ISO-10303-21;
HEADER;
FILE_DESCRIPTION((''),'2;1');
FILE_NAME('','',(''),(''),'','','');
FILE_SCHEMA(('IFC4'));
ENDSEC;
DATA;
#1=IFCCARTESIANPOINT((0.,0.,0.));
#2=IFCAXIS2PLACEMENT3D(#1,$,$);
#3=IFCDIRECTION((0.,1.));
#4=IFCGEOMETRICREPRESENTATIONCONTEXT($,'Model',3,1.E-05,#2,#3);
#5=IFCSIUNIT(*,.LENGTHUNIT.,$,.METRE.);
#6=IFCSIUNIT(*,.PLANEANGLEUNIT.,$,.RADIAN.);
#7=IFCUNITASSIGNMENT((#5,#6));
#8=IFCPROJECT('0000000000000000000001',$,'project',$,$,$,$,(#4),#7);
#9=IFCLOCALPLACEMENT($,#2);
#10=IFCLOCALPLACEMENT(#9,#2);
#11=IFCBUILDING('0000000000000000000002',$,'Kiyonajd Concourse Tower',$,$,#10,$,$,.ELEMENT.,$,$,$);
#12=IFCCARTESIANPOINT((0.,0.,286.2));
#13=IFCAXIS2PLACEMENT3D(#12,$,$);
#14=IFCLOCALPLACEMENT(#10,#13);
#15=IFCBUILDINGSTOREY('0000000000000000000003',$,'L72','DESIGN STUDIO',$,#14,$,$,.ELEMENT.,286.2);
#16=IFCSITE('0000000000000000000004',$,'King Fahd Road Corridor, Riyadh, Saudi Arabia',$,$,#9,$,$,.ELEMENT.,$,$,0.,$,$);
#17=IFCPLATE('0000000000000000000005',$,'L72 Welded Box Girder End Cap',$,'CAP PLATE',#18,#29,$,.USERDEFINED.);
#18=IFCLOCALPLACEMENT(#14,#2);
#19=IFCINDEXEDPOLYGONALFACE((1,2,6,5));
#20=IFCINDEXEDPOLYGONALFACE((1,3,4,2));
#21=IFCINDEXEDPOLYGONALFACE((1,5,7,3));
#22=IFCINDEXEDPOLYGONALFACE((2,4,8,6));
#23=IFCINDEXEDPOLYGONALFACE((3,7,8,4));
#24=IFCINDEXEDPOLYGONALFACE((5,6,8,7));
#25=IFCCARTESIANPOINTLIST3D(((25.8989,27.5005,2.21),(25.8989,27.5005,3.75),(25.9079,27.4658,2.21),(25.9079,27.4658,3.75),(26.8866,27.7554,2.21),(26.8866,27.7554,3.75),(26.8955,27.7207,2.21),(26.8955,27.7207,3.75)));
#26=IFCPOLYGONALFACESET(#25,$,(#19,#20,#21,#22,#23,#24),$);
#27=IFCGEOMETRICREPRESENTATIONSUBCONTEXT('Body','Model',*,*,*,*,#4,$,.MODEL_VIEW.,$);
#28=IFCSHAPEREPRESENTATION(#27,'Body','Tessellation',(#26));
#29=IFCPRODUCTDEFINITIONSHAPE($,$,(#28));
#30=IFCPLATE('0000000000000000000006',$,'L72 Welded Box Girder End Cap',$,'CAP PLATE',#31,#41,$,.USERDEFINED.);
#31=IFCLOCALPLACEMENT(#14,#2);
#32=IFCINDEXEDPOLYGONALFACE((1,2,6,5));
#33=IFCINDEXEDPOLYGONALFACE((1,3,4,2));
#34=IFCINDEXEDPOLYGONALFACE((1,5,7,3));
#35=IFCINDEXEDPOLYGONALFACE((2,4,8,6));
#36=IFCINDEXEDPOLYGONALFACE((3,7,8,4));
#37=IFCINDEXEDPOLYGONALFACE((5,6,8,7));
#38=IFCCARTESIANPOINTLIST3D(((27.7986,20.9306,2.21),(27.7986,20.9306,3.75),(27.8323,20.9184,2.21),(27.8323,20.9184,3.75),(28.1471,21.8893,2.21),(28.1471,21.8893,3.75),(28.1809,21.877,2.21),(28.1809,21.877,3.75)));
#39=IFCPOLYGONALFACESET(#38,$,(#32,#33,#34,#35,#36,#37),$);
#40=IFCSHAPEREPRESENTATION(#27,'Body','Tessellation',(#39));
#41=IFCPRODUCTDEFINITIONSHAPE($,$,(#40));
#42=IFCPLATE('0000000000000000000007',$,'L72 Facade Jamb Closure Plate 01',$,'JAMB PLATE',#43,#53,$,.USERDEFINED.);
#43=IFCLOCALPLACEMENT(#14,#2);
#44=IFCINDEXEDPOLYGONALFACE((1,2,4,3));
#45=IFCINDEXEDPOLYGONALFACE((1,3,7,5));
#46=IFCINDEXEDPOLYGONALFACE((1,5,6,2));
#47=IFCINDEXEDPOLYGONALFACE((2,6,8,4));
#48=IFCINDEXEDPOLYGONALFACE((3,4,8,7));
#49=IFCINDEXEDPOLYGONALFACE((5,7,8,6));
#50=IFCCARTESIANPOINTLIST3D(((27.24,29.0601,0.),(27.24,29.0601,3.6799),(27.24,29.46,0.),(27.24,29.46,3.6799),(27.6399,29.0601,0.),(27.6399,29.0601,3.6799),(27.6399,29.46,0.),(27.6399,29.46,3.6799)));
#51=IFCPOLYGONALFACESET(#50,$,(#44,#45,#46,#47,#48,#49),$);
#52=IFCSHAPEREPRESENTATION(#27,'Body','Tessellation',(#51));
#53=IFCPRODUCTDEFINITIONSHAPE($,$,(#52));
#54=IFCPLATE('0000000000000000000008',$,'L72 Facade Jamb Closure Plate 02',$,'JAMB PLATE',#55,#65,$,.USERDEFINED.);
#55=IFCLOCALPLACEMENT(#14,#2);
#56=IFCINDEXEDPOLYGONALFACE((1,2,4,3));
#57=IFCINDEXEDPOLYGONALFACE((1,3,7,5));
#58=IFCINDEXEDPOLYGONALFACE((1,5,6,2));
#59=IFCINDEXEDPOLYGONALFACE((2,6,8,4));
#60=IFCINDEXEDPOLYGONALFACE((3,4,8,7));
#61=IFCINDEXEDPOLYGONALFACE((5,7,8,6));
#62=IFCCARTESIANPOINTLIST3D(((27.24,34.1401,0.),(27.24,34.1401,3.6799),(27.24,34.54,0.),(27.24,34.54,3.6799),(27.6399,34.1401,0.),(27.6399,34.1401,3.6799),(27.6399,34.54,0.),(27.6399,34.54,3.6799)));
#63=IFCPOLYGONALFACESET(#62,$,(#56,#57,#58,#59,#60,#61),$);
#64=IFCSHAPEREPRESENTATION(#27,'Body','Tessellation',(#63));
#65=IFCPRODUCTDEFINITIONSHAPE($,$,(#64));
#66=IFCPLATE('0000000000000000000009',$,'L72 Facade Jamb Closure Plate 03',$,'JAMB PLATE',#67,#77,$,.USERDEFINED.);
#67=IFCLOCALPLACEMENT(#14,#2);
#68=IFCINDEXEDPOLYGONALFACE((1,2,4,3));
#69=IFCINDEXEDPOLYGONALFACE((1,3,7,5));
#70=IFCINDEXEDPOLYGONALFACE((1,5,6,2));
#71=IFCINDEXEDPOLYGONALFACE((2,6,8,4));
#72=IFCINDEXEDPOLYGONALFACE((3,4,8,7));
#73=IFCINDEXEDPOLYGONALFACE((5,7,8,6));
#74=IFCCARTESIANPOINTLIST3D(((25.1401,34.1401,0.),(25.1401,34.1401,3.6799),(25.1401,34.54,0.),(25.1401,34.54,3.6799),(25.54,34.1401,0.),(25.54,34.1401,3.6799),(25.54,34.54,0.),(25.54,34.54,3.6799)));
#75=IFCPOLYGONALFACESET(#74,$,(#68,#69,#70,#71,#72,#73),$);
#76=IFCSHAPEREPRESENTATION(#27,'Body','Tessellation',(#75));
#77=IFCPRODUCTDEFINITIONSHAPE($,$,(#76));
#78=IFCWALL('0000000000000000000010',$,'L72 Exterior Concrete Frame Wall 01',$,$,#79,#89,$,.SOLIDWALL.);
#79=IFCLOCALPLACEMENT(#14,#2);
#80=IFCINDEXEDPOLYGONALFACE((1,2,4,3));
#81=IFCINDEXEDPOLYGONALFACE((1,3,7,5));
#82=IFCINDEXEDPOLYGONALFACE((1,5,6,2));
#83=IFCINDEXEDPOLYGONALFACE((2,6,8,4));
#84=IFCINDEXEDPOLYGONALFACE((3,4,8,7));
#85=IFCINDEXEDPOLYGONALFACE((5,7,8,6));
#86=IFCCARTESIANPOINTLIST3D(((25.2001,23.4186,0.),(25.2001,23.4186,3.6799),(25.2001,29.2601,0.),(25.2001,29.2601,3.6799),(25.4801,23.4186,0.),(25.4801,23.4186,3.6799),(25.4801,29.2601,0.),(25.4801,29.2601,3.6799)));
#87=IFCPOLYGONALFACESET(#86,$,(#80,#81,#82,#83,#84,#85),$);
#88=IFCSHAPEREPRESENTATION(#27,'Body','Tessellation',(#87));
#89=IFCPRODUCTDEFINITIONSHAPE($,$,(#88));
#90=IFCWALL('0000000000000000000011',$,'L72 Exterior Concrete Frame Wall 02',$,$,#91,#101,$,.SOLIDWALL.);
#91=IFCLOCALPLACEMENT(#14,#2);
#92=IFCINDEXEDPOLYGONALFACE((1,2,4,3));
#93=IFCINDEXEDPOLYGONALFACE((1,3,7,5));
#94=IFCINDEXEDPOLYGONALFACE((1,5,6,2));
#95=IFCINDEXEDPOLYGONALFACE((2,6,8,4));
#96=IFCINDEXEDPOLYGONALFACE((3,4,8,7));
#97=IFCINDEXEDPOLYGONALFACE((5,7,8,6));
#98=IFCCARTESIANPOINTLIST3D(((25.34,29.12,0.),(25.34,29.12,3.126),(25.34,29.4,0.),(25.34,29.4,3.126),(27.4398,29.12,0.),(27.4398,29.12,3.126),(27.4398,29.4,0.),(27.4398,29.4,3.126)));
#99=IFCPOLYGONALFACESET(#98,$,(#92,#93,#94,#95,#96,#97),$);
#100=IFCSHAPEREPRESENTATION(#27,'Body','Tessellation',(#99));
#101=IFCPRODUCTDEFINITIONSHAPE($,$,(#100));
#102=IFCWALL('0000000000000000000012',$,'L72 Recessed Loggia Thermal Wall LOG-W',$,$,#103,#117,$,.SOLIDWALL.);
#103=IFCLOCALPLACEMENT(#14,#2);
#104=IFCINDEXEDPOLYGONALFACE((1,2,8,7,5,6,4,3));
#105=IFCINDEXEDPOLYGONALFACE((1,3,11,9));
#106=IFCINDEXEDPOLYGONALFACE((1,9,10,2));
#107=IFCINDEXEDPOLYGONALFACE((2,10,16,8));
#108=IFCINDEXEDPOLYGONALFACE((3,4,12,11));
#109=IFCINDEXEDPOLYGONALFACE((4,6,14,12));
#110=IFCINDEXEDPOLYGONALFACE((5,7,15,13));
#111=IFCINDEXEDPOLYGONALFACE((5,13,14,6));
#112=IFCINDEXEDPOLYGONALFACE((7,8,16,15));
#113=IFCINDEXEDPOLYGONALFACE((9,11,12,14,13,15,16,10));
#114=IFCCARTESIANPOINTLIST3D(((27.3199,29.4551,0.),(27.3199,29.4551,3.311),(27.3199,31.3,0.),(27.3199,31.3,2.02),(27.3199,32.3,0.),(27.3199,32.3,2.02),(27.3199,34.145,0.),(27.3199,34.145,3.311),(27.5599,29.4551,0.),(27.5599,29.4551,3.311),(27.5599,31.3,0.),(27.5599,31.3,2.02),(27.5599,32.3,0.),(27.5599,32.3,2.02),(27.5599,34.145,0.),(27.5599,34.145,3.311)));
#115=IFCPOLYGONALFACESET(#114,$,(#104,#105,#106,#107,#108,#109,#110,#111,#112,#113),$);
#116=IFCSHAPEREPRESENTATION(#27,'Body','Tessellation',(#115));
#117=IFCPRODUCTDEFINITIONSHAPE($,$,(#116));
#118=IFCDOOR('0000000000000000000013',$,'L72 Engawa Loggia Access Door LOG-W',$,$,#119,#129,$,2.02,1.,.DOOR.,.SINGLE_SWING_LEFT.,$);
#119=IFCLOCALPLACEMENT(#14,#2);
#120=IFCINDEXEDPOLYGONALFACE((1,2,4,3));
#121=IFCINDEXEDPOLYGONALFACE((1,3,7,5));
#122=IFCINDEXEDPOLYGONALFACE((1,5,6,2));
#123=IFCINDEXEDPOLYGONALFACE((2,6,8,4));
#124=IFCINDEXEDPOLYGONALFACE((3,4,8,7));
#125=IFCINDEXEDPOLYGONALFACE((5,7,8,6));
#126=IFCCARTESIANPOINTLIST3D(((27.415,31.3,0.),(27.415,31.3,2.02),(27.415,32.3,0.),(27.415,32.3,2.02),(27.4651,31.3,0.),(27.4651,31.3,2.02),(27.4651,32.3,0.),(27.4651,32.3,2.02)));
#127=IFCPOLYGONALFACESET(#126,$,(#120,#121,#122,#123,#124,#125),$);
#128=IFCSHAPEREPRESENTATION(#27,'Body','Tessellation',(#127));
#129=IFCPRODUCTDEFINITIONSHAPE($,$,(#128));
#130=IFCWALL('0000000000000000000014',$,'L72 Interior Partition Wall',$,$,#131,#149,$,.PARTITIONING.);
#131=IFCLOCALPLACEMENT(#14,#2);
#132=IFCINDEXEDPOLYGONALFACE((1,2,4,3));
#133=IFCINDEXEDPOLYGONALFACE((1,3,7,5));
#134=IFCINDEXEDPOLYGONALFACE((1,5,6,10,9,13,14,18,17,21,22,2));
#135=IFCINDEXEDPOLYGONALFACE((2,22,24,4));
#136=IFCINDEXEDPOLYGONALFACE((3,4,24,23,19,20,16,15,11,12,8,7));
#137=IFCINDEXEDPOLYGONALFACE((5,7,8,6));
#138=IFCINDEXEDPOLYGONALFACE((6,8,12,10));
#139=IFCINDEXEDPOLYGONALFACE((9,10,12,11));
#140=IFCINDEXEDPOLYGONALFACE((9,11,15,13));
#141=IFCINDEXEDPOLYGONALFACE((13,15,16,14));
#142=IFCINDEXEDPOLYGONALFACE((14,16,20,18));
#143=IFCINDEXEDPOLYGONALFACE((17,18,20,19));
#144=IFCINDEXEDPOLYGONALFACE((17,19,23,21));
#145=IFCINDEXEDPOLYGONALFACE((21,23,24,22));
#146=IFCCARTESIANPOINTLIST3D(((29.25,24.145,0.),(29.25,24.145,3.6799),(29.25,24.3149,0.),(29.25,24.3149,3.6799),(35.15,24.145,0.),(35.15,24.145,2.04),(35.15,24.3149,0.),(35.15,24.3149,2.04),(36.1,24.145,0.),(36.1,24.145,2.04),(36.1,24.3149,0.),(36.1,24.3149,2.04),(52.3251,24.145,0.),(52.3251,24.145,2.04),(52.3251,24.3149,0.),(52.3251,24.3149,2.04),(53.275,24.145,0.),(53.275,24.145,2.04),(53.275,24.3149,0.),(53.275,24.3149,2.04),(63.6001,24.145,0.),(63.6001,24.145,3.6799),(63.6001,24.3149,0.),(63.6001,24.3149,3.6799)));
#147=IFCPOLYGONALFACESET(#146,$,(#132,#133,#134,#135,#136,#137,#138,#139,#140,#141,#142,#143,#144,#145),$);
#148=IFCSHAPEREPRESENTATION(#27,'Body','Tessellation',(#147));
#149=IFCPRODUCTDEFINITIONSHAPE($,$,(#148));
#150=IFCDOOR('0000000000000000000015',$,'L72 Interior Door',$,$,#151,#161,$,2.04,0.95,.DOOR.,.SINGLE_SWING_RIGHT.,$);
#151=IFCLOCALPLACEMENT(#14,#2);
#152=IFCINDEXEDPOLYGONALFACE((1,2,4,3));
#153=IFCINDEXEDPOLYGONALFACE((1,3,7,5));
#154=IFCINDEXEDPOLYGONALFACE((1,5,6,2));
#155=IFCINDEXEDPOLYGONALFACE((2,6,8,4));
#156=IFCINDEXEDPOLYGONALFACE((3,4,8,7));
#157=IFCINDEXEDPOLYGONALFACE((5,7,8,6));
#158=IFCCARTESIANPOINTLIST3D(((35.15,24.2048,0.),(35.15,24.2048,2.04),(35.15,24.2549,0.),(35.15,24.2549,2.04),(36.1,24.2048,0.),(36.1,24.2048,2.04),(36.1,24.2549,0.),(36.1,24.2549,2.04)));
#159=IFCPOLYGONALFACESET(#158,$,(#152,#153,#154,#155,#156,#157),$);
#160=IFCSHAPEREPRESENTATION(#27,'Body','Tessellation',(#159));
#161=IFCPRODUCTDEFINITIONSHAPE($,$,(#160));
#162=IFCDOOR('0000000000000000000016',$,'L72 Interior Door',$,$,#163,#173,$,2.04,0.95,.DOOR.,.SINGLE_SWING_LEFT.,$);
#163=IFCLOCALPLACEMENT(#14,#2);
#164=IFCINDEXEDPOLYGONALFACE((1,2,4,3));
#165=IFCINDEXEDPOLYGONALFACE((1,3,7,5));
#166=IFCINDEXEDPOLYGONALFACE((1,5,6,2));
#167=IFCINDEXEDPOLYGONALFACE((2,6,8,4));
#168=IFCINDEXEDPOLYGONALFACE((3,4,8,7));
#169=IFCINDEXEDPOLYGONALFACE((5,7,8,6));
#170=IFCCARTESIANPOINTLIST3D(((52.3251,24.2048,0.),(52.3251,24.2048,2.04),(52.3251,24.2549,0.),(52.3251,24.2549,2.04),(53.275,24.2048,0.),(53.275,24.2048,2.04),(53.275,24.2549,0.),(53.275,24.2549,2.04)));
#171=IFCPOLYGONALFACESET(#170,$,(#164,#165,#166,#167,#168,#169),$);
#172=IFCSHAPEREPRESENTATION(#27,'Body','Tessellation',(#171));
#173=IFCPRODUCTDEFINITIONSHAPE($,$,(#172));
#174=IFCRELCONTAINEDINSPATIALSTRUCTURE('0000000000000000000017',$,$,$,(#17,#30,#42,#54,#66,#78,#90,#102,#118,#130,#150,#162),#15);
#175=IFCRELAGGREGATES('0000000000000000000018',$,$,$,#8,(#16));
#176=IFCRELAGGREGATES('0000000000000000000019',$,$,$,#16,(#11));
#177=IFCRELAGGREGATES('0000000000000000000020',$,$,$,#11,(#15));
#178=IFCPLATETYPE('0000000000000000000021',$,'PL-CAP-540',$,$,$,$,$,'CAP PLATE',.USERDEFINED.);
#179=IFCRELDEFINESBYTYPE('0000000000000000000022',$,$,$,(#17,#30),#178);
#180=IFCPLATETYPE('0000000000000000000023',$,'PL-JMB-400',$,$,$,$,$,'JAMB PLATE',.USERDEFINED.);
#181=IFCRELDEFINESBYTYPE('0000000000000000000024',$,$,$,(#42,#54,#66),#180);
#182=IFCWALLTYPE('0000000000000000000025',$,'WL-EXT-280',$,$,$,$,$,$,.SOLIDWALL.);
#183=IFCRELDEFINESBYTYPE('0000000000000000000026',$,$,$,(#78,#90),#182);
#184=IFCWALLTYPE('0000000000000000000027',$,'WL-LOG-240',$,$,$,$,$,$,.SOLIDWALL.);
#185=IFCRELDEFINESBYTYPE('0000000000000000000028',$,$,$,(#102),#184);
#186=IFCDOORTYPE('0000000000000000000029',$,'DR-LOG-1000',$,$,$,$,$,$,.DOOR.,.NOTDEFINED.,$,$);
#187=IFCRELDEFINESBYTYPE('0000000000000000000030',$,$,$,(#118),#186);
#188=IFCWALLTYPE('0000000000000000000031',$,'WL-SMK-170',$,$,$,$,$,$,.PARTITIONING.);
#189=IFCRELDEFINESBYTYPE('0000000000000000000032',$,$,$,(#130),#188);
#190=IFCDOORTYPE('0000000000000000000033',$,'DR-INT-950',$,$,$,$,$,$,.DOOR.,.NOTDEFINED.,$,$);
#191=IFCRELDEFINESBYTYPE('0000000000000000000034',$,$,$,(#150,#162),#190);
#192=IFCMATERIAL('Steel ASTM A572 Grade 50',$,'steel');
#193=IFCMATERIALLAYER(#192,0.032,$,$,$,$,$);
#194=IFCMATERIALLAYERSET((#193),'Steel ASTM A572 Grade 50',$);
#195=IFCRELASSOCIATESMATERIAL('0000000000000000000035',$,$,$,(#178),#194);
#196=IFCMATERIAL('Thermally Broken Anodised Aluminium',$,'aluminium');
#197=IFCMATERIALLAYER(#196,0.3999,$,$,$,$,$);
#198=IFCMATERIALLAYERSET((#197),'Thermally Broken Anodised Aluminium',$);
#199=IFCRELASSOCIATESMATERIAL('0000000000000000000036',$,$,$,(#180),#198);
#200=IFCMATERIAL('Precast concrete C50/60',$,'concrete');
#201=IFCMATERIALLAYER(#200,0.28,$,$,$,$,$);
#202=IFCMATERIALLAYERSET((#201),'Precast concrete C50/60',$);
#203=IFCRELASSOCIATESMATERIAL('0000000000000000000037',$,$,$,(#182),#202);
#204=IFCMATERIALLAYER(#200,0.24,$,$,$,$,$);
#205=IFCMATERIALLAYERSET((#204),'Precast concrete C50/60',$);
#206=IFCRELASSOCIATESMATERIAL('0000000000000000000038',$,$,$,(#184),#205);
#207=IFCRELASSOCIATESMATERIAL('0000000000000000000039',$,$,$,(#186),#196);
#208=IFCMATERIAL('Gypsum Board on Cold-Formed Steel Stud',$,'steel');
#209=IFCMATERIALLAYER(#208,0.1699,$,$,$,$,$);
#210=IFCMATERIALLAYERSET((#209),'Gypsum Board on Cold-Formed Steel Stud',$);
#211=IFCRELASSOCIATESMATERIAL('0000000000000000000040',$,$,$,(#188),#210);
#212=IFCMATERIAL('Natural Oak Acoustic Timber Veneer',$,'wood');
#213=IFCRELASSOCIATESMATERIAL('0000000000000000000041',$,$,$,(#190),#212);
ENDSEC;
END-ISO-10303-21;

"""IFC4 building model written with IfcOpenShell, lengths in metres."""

from ifc_helpers import new_model, si_unit, direction, frame, frame_2d, origin, origin_2d, place, context, subcontext, project, spatial, rectangle, extrude, material, layer, layer_set, type_object, element, fill, save


model = new_model("IFC4")

# Units and contexts
model_context = context("Model", 3, precision=1e-05, world=origin(), true_north=direction((0.0, 1.0)))
body_context = subcontext(model_context, "Body", "Model", "MODEL_VIEW")
ifc_project = project(units=[si_unit("LENGTHUNIT", "METRE"), si_unit("PLANEANGLEUNIT", "RADIAN")], contexts=[model_context])

# Site, building, storey
site_placement = place(None, origin())
site = spatial("IfcSite", under=ifc_project, at=site_placement, Name="King Fahd Road Corridor, Riyadh, Saudi Arabia", CompositionType="ELEMENT", RefElevation=0.0)
building_placement = place(site_placement, origin())
building = spatial("IfcBuilding", under=site, at=building_placement, Name="Kiyonajd Concourse Tower", CompositionType="ELEMENT")
storey_placement = place(building_placement, frame((0.0, 0.0, 286.2)))
storey = spatial("IfcBuildingStorey", under=building, at=storey_placement, Name="L72", Description="DESIGN STUDIO", CompositionType="ELEMENT", Elevation=286.2)

# Shared definitions
ifc_material_1 = material(Name="Steel ASTM A572 Grade 50", Category="steel")

# Plates
ifc_layer_1 = layer(ifc_material_1, 0.032)
ifc_layer_set_1 = layer_set([ifc_layer_1], Name="Steel ASTM A572 Grade 50")
plate_type_1 = type_object("IfcPlateType", Name="PL-CAP-540", ElementType="CAP PLATE", PredefinedType="USERDEFINED", material=ifc_layer_set_1)
for number, where, z_axis, x_axis, name in (
    (1, (26.3972, 27.6106, 2.21), (0.0, 0.0, 1.0), (-0.249873, 0.968279, 0.0), "L72 Welded Box Girder End Cap"),
    (2, (27.9897, 21.4038, 2.21), (0.0, 0.0, 1.0), (-0.939812, 0.341692, 0.0), "L72 Welded Box Girder End Cap"),
):
    element("IfcPlate", number, at=place(storey_placement, frame(where, z_axis=z_axis, x_axis=x_axis)), inside=storey, type_object=plate_type_1, Name=name, ObjectType="CAP PLATE", PredefinedType="USERDEFINED", context=body_context, shape_type="SweptSolid", body=[
        extrude(rectangle(XDim=0.0359, YDim=1.02, at=origin_2d()), origin(), (0.0, 0.0, 1.0), 1.54),
    ])
ifc_material_2 = material(Name="Thermally Broken Anodised Aluminium", Category="aluminium")
ifc_layer_2 = layer(ifc_material_2, 0.3999)
ifc_layer_set_2 = layer_set([ifc_layer_2], Name="Thermally Broken Anodised Aluminium")
plate_type_2 = type_object("IfcPlateType", Name="PL-JMB-400", ElementType="JAMB PLATE", PredefinedType="USERDEFINED", material=ifc_layer_set_2)
for number, where, z_axis, x_axis, name in (
    (3, (27.4399, 29.26, 0.0), (0.0, 0.0, 1.0), (1.0, 0.0, 0.0), "L72 Facade Jamb Closure Plate 01"),
    (4, (27.4399, 34.3401, 0.0), (0.0, 0.0, 1.0), (1.0, 0.0, 0.0), "L72 Facade Jamb Closure Plate 02"),
    (5, (25.3401, 34.3401, 0.0), (0.0, 0.0, 1.0), (1.0, 0.0, 0.0), "L72 Facade Jamb Closure Plate 03"),
):
    element("IfcPlate", number, at=place(storey_placement, frame(where, z_axis=z_axis, x_axis=x_axis)), inside=storey, type_object=plate_type_2, Name=name, ObjectType="JAMB PLATE", PredefinedType="USERDEFINED", context=body_context, shape_type="SweptSolid", body=[
        extrude(rectangle(XDim=0.3999, YDim=0.3999, at=origin_2d()), origin(), (0.0, 0.0, 1.0), 3.6799),
    ])

# Walls
ifc_material_3 = material(Name="Precast concrete C50/60", Category="concrete")
ifc_layer_3 = layer(ifc_material_3, 0.28)
ifc_layer_set_3 = layer_set([ifc_layer_3], Name="Precast concrete C50/60")
wall_type_1 = type_object("IfcWallType", Name="WL-EXT-280", PredefinedType="SOLIDWALL", material=ifc_layer_set_3)
wall_1_placement = place(storey_placement, frame((25.3401, 23.4185, 0.0), z_axis=(0.0, 0.0, 1.0), x_axis=(0.0, 1.0, 0.0)))
element("IfcWall", 6, at=wall_1_placement, inside=storey, type_object=wall_type_1, Name="L72 Exterior Concrete Frame Wall 01", PredefinedType="SOLIDWALL", context=body_context, shape_type="SweptSolid", body=[
    extrude(rectangle(XDim=5.8416, YDim=0.28, at=frame_2d((2.9209, 0.0))), origin(), (0.0, 0.0, 1.0), 3.6799),
])
wall_2_placement = place(storey_placement, frame((25.3401, 29.26, 0.0), z_axis=(0.0, 0.0, 1.0), x_axis=(1.0, 0.0, 0.0)))
element("IfcWall", 7, at=wall_2_placement, inside=storey, type_object=wall_type_1, Name="L72 Exterior Concrete Frame Wall 02", PredefinedType="SOLIDWALL", context=body_context, shape_type="SweptSolid", body=[
    extrude(rectangle(XDim=2.0999, YDim=0.28, at=frame_2d((1.0498, 0.0))), origin(), (0.0, 0.0, 1.0), 3.126),
])

# Wall, opening, door
ifc_layer_4 = layer(ifc_material_3, 0.24)
ifc_layer_set_4 = layer_set([ifc_layer_4], Name="Precast concrete C50/60")
wall_type_2 = type_object("IfcWallType", Name="WL-LOG-240", PredefinedType="SOLIDWALL", material=ifc_layer_set_4)
wall_3_placement = place(storey_placement, frame((27.4399, 29.4551, 0.0), z_axis=(0.0, 0.0, 1.0), x_axis=(0.0, 1.0, 0.0)))
wall_3 = element("IfcWall", 8, at=wall_3_placement, inside=storey, type_object=wall_type_2, Name="L72 Recessed Loggia Thermal Wall LOG-W", PredefinedType="SOLIDWALL", context=body_context, shape_type="SweptSolid", body=[
    extrude(rectangle(XDim=4.6899, YDim=0.24, at=frame_2d((2.345, 0.0))), origin(), (0.0, 0.0, 1.0), 3.311),
])
opening_1_placement = place(wall_3_placement, frame((1.845, 0.0, 0.0)))
opening_1 = element("IfcOpeningElement", 9, at=opening_1_placement, cuts=wall_3, PredefinedType="OPENING", context=body_context, shape_type="SweptSolid", body=[
    extrude(rectangle(XDim=1.0, YDim=2.02, at=frame_2d((0.5, 1.01))), frame((0.0, 0.1299, 0.0), z_axis=(0.0, -1.0, 0.0), x_axis=(1.0, 0.0, 0.0)), (0.0, 0.0, 1.0), 0.26),
])
door_type_1 = type_object("IfcDoorType", Name="DR-LOG-1000", OperationType="NOTDEFINED", PredefinedType="DOOR", material=ifc_material_2)
door_1_placement = place(opening_1_placement, origin())
door_1 = element("IfcDoor", 10, at=door_1_placement, inside=storey, type_object=door_type_1, Name="L72 Engawa Loggia Access Door LOG-W", OperationType="SINGLE_SWING_LEFT", OverallHeight=2.02, OverallWidth=1.0, PredefinedType="DOOR", context=body_context, shape_type="SweptSolid", body=[
    extrude(rectangle(XDim=1.0, YDim=2.02, at=frame_2d((0.5, 1.01))), frame((0.0, 0.0249, 0.0), z_axis=(0.0, -1.0, 0.0), x_axis=(1.0, 0.0, 0.0)), (0.0, 0.0, 1.0), 0.05),
])
fill(opening_1, door_1)

# Wall, openings, doors
ifc_material_4 = material(Name="Gypsum Board on Cold-Formed Steel Stud", Category="steel")
ifc_layer_5 = layer(ifc_material_4, 0.1699)
ifc_layer_set_5 = layer_set([ifc_layer_5], Name="Gypsum Board on Cold-Formed Steel Stud")
wall_type_3 = type_object("IfcWallType", Name="WL-SMK-170", PredefinedType="PARTITIONING", material=ifc_layer_set_5)
wall_4_placement = place(storey_placement, frame((29.25, 24.23, 0.0), z_axis=(0.0, 0.0, 1.0), x_axis=(1.0, 0.0, 0.0)))
wall_4 = element("IfcWall", 11, at=wall_4_placement, inside=storey, type_object=wall_type_3, Name="L72 Interior Partition Wall", PredefinedType="PARTITIONING", context=body_context, shape_type="SweptSolid", body=[
    extrude(rectangle(XDim=34.3501, YDim=0.1699, at=frame_2d((17.175, 0.0))), origin(), (0.0, 0.0, 1.0), 3.6799),
])
opening_2_placement = place(wall_4_placement, frame((5.8999, 0.0, 0.0)))
opening_2 = element("IfcOpeningElement", 12, at=opening_2_placement, cuts=wall_4, PredefinedType="OPENING", context=body_context, shape_type="SweptSolid", body=[
    extrude(rectangle(XDim=0.95, YDim=2.04, at=frame_2d((0.4751, 1.02))), frame((0.0, 0.095, 0.0), z_axis=(0.0, -1.0, 0.0), x_axis=(1.0, 0.0, 0.0)), (0.0, 0.0, 1.0), 0.1899),
])
opening_3_placement = place(wall_4_placement, frame((23.075, 0.0, 0.0)))
opening_3 = element("IfcOpeningElement", 13, at=opening_3_placement, cuts=wall_4, PredefinedType="OPENING", context=body_context, shape_type="SweptSolid", body=[
    extrude(rectangle(XDim=0.95, YDim=2.04, at=frame_2d((0.4751, 1.02))), frame((0.0, 0.095, 0.0), z_axis=(0.0, -1.0, 0.0), x_axis=(1.0, 0.0, 0.0)), (0.0, 0.0, 1.0), 0.1899),
])
ifc_material_5 = material(Name="Natural Oak Acoustic Timber Veneer", Category="wood")
door_type_2 = type_object("IfcDoorType", Name="DR-INT-950", OperationType="NOTDEFINED", PredefinedType="DOOR", material=ifc_material_5)
door_2_placement = place(opening_2_placement, origin())
door_2 = element("IfcDoor", 14, at=door_2_placement, inside=storey, type_object=door_type_2, Name="L72 Interior Door", OperationType="SINGLE_SWING_RIGHT", OverallHeight=2.04, OverallWidth=0.95, PredefinedType="DOOR", context=body_context, shape_type="SweptSolid", body=[
    extrude(rectangle(XDim=0.95, YDim=2.04, at=frame_2d((0.4751, 1.02))), frame((0.0, 0.0249, 0.0), z_axis=(0.0, -1.0, 0.0), x_axis=(1.0, 0.0, 0.0)), (0.0, 0.0, 1.0), 0.05),
])
fill(opening_2, door_2)
door_3_placement = place(opening_3_placement, origin())
door_3 = element("IfcDoor", 15, at=door_3_placement, inside=storey, type_object=door_type_2, Name="L72 Interior Door", OperationType="SINGLE_SWING_LEFT", OverallHeight=2.04, OverallWidth=0.95, PredefinedType="DOOR", context=body_context, shape_type="SweptSolid", body=[
    extrude(rectangle(XDim=0.95, YDim=2.04, at=frame_2d((0.4751, 1.02))), frame((0.0, 0.0249, 0.0), z_axis=(0.0, -1.0, 0.0), x_axis=(1.0, 0.0, 0.0)), (0.0, 0.0, 1.0), 0.05),
])
fill(opening_3, door_3)

save(model, "model.ifc")
